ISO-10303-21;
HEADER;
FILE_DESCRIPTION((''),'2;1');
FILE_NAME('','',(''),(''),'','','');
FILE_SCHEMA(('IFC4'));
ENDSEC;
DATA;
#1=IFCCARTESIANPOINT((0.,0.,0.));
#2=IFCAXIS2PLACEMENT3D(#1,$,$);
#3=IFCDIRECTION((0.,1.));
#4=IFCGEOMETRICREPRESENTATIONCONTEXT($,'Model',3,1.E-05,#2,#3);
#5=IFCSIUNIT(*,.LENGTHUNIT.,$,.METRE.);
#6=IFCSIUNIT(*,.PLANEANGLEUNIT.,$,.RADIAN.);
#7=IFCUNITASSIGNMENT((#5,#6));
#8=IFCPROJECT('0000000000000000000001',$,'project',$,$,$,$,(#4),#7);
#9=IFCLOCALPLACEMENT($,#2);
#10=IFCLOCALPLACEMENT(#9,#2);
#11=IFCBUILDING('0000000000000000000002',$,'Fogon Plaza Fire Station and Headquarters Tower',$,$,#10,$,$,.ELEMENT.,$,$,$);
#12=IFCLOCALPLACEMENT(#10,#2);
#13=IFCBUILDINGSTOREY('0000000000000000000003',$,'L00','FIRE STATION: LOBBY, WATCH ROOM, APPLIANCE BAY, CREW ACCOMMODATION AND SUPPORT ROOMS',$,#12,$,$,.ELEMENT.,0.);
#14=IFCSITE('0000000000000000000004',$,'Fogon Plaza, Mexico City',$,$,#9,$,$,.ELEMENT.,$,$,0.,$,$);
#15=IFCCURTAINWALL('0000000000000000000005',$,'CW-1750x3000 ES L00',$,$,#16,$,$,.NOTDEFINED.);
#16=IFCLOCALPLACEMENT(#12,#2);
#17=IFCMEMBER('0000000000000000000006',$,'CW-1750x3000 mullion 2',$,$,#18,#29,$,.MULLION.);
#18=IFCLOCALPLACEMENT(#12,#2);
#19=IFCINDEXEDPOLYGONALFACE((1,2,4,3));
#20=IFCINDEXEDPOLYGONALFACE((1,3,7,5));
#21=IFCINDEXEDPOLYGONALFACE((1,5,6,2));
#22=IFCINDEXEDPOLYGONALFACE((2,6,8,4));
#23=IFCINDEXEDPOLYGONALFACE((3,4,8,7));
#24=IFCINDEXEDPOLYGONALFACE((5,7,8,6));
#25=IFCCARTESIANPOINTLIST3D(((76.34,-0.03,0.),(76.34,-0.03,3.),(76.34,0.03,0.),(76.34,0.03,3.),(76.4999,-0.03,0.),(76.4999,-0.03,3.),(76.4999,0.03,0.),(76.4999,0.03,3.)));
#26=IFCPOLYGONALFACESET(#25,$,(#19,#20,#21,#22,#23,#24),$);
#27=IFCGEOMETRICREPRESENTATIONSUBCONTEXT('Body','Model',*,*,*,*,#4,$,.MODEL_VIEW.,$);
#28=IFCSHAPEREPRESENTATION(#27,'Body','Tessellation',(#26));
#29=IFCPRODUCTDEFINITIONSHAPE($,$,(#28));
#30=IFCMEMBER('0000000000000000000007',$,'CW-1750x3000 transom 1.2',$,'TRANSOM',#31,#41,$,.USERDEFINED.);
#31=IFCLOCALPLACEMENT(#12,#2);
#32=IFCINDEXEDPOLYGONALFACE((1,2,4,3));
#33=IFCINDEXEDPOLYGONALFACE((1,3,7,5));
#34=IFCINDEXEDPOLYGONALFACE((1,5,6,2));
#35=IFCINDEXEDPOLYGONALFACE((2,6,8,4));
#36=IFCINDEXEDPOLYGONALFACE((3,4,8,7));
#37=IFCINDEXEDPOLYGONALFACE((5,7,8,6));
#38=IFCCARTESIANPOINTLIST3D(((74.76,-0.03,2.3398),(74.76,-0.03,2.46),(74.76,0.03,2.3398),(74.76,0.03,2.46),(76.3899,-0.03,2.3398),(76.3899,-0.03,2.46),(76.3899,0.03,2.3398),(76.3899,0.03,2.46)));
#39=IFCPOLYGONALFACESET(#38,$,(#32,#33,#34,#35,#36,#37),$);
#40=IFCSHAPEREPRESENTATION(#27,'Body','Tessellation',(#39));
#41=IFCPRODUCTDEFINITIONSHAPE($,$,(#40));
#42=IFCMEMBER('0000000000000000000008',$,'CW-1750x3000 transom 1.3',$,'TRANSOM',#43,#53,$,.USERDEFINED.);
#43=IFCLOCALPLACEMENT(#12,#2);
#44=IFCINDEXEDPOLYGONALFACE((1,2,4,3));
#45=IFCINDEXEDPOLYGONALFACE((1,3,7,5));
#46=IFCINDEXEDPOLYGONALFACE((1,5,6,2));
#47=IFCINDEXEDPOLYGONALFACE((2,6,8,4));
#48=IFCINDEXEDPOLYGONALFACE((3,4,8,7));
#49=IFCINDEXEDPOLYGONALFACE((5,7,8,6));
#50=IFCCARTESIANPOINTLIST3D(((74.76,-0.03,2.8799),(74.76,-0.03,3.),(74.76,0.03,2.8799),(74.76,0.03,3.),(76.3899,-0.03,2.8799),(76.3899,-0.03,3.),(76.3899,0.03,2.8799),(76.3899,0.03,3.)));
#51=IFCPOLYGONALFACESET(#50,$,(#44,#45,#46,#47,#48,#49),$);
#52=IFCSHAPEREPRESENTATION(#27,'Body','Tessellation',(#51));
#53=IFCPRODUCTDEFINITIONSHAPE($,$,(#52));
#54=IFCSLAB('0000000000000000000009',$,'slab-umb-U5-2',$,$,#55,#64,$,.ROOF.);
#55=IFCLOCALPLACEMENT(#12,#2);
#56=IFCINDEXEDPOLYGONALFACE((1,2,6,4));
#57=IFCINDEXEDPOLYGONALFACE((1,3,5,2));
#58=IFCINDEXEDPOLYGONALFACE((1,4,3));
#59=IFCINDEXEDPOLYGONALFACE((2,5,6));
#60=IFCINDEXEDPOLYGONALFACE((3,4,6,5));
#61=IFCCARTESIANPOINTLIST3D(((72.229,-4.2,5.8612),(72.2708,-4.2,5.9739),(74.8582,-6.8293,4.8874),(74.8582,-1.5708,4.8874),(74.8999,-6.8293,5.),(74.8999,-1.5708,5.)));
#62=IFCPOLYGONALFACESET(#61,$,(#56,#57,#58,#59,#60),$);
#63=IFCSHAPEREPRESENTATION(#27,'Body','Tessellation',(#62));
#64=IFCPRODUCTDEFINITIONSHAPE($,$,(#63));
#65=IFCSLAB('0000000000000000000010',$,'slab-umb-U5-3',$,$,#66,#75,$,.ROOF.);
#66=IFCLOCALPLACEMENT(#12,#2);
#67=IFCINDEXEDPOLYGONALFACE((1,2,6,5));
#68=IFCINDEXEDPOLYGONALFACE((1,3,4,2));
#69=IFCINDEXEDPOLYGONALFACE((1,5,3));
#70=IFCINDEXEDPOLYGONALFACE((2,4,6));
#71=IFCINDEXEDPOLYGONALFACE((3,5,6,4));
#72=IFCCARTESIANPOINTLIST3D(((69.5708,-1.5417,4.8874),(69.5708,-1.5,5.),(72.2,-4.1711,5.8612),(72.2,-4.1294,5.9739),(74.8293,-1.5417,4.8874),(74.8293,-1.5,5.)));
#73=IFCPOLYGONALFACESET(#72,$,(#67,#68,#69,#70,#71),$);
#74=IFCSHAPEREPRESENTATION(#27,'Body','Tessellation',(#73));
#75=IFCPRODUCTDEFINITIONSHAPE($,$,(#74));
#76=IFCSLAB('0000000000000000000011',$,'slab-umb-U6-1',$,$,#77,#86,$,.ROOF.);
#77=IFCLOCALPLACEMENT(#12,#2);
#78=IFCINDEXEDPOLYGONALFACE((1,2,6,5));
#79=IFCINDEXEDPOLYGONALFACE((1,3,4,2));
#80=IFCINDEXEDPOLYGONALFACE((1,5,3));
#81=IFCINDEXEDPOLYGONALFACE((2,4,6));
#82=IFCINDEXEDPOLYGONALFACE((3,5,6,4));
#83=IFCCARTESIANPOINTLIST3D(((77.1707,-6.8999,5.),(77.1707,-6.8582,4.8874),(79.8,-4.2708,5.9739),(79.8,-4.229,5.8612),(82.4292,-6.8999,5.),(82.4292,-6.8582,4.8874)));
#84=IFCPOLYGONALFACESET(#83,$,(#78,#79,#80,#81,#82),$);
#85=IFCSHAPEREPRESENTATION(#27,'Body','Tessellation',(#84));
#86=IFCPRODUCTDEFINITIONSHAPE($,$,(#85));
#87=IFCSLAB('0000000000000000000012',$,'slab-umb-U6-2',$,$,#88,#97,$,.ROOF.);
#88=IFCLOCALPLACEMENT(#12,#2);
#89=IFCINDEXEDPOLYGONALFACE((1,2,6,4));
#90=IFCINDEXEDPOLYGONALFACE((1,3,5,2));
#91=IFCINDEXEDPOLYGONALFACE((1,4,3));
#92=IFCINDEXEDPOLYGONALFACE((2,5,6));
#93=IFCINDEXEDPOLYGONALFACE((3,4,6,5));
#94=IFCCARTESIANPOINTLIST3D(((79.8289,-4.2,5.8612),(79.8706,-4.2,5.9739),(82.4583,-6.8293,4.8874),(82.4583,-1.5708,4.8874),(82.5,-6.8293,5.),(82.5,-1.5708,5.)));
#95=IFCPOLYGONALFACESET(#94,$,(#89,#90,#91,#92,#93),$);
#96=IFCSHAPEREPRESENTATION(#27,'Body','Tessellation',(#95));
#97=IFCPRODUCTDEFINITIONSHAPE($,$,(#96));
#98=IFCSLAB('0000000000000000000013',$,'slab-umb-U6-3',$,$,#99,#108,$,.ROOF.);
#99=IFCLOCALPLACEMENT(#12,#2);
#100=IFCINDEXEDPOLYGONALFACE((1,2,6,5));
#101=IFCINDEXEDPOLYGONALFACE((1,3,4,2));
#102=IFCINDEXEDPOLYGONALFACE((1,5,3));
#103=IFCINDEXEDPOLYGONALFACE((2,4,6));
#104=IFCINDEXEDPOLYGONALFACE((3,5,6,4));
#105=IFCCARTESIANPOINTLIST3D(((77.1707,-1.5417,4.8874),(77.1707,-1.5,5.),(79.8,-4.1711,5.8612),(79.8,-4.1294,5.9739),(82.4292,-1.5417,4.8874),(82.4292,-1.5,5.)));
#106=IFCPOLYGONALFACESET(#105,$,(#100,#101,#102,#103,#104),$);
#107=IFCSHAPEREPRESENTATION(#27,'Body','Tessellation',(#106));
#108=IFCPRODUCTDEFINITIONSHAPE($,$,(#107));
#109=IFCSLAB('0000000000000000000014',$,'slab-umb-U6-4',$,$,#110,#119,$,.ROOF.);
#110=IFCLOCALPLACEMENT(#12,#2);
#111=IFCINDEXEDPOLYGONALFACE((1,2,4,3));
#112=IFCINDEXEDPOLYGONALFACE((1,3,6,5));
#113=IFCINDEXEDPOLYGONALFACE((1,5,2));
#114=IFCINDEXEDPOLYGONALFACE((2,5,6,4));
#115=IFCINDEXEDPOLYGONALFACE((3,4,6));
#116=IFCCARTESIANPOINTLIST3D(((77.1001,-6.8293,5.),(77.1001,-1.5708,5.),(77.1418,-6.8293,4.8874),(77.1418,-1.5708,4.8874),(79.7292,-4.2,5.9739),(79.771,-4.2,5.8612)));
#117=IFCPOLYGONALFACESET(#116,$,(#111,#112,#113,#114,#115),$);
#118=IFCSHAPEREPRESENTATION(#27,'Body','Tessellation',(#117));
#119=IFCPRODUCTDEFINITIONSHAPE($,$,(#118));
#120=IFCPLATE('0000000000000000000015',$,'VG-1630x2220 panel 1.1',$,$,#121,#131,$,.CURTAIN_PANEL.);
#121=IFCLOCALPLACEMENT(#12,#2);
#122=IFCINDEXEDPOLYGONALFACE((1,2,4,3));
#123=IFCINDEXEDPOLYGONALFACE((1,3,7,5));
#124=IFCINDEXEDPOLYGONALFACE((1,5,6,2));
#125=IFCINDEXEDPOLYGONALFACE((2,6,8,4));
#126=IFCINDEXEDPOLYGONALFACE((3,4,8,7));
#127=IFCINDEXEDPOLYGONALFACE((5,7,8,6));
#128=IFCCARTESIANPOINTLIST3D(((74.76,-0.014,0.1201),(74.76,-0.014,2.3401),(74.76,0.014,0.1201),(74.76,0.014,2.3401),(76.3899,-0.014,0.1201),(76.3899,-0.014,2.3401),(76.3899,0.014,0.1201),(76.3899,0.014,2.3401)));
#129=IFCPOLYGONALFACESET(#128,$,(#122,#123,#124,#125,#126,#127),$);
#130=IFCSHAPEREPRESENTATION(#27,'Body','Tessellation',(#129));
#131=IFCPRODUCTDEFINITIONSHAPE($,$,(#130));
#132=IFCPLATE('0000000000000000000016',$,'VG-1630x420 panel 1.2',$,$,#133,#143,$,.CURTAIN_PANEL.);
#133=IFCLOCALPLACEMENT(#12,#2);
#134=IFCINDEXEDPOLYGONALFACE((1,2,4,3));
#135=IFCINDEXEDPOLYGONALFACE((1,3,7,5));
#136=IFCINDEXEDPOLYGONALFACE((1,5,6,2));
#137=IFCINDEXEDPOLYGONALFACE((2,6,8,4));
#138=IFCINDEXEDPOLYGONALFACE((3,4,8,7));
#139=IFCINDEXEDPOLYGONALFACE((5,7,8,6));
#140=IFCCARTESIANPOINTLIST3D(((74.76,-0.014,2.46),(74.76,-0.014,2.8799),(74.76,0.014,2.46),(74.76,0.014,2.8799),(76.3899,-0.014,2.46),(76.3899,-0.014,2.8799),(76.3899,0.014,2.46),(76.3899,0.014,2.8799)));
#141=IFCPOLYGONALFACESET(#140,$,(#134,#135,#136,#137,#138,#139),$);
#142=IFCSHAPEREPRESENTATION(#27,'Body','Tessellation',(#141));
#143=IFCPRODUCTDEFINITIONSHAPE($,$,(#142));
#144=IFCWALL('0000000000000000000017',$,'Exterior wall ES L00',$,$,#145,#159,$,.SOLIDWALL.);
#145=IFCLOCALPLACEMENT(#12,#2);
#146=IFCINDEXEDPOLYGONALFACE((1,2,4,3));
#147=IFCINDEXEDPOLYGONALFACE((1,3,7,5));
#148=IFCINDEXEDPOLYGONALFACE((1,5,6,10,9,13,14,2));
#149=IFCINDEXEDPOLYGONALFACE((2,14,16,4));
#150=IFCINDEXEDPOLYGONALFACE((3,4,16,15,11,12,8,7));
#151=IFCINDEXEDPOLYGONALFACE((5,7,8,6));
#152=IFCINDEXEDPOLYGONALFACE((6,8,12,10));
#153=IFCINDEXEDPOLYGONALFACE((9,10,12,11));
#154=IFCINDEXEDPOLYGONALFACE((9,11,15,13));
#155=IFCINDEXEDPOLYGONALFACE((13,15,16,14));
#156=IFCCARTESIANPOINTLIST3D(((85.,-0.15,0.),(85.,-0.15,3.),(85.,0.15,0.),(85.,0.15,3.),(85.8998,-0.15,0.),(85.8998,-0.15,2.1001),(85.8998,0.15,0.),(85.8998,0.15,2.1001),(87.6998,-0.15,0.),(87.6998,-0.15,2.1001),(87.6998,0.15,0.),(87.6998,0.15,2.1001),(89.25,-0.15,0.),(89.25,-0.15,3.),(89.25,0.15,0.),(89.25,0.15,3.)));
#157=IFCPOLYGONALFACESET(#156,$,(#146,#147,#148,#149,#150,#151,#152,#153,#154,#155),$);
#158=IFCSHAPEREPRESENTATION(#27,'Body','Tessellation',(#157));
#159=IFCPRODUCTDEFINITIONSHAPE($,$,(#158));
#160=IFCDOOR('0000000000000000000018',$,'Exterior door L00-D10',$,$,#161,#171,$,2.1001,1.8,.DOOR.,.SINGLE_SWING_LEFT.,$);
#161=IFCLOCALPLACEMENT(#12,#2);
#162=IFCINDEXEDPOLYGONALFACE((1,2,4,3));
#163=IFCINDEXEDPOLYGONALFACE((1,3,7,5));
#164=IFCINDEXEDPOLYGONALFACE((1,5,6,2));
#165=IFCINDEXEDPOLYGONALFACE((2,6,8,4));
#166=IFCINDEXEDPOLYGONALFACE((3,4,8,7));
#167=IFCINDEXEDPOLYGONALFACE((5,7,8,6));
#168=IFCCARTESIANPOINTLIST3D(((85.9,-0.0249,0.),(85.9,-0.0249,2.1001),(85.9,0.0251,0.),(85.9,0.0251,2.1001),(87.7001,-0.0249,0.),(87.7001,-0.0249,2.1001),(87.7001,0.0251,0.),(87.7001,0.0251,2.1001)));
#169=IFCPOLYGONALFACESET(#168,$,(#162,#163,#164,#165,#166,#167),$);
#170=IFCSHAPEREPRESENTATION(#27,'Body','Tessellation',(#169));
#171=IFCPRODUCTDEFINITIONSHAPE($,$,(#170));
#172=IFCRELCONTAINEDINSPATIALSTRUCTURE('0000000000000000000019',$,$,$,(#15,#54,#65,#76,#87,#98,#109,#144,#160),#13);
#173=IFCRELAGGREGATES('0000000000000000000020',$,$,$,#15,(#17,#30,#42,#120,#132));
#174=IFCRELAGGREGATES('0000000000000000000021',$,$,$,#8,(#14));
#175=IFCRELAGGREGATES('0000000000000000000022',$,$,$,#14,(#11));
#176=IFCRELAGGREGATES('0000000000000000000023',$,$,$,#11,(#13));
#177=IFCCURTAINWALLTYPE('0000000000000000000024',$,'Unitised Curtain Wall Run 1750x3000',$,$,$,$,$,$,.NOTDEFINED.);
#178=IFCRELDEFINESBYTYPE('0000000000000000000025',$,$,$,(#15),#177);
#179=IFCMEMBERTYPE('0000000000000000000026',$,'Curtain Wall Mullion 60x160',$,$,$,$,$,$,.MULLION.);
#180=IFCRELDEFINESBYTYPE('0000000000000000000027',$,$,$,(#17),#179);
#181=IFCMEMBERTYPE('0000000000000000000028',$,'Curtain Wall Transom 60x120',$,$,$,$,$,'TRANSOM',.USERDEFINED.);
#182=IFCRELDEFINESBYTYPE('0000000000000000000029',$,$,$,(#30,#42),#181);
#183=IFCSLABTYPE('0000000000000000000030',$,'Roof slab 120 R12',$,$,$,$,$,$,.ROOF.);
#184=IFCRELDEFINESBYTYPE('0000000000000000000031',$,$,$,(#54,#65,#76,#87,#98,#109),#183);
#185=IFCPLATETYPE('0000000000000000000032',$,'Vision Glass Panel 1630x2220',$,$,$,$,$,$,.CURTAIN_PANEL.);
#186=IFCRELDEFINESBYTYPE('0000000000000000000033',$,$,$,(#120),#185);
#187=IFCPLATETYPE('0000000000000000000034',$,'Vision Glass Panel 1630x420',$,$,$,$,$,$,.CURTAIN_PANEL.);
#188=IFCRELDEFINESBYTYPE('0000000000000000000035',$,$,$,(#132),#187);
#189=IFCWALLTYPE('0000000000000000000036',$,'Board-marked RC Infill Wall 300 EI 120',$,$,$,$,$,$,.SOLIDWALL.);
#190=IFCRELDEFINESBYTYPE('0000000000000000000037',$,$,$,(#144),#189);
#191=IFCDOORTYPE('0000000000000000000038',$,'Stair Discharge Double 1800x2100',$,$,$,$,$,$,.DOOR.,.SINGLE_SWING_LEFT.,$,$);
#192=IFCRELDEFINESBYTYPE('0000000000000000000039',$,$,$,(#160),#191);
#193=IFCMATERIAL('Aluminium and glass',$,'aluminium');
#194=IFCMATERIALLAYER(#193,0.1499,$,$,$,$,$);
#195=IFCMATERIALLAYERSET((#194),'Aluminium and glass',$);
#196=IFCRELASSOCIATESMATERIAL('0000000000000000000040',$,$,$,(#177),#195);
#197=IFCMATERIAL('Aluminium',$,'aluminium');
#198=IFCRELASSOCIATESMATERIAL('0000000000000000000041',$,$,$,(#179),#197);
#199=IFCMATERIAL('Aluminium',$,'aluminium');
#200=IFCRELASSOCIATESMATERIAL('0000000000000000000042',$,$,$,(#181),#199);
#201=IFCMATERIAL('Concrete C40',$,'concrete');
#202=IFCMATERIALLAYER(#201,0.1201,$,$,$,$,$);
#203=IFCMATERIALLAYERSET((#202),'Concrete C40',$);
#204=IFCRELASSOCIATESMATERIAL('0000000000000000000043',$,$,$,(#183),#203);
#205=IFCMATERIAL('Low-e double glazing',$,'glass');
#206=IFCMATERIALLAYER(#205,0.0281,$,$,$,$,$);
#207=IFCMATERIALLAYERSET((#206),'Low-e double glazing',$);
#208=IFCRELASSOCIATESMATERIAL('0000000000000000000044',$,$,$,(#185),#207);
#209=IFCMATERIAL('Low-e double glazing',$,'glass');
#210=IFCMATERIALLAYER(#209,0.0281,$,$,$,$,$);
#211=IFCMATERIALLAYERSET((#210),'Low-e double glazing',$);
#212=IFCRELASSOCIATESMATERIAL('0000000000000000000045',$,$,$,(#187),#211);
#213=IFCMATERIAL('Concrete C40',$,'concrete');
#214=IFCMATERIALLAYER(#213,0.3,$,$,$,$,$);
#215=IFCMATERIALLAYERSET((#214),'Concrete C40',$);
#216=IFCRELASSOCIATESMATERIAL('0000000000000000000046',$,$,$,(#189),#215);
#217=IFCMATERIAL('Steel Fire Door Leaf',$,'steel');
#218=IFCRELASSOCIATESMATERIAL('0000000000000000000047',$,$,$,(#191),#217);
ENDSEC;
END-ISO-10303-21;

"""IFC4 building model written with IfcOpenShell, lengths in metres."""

from ifc_helpers import new_model, si_unit, direction, frame, frame_2d, origin, origin_2d, place, context, subcontext, project, spatial, polyline, rectangle, outline, extrude, material, layer, layer_set, material_profile, profile_set, type_object, element, fill, aggregate, save


model = new_model("IFC4")

# Units and contexts
model_context = context("Model", 3, precision=1e-05, world=origin(), true_north=direction((0.0, 1.0)))
body_context = subcontext(model_context, "Body", "Model", "MODEL_VIEW")
ifc_project = project(units=[si_unit("LENGTHUNIT", "METRE"), si_unit("PLANEANGLEUNIT", "RADIAN")], contexts=[model_context])

# Site, building, storey
site_placement = place(None, origin())
site = spatial("IfcSite", under=ifc_project, at=site_placement, Name="Fogon Plaza, Mexico City", CompositionType="ELEMENT", RefElevation=0.0)
building_placement = place(site_placement, origin())
building = spatial("IfcBuilding", under=site, at=building_placement, Name="Fogon Plaza Fire Station and Headquarters Tower", CompositionType="ELEMENT")
storey_placement = place(building_placement, origin())
storey = spatial("IfcBuildingStorey", under=building, at=storey_placement, Name="L00", Description="FIRE STATION: LOBBY, WATCH ROOM, APPLIANCE BAY, CREW ACCOMMODATION AND SUPPORT ROOMS", CompositionType="ELEMENT", Elevation=0.0)

# Curtain wall, members
ifc_material_1 = material(Name="Aluminium and glass", Category="aluminium")
ifc_layer_1 = layer(ifc_material_1, 0.1499)
ifc_layer_set_1 = layer_set([ifc_layer_1], Name="Aluminium and glass")
curtain_wall_type = type_object("IfcCurtainWallType", Name="Unitised Curtain Wall Run 1750x3000", PredefinedType="NOTDEFINED", material=ifc_layer_set_1)
curtain_wall_placement = place(storey_placement, origin())
curtain_wall = element("IfcCurtainWall", 1, at=curtain_wall_placement, inside=storey, type_object=curtain_wall_type, Name="CW-1750x3000 ES L00", PredefinedType="NOTDEFINED")
ifc_material_2 = material(Name="Aluminium", Category="aluminium")
ifc_material_profile_1 = material_profile(ifc_material_2, rectangle(XDim=0.0601, YDim=0.1599, at=origin_2d()), Name="Curtain Wall Mullion 60x160")
ifc_profile_set_1 = profile_set([ifc_material_profile_1], Name="Aluminium")
member_type_1 = type_object("IfcMemberType", Name="Curtain Wall Mullion 60x160", PredefinedType="MULLION", material=ifc_profile_set_1)
member_1_placement = place(storey_placement, frame((76.4199, 0.0, 0.0), z_axis=(0.0, 0.0, 1.0), x_axis=(0.0, 1.0, 0.0)))
member_1 = element("IfcMember", 2, at=member_1_placement, type_object=member_type_1, Name="CW-1750x3000 mullion 2", PredefinedType="MULLION", context=body_context, shape_type="SweptSolid", body=[
    extrude(rectangle(XDim=0.0601, YDim=0.1599, at=origin_2d()), origin(), (0.0, 0.0, 1.0), 3.0),
])
ifc_material_3 = material(Name="Aluminium", Category="aluminium")
ifc_material_profile_2 = material_profile(ifc_material_3, rectangle(XDim=0.0601, YDim=0.1201, at=origin_2d()), Name="Curtain Wall Transom 60x120")
ifc_profile_set_2 = profile_set([ifc_material_profile_2], Name="Aluminium")
member_type_2 = type_object("IfcMemberType", Name="Curtain Wall Transom 60x120", ElementType="TRANSOM", PredefinedType="USERDEFINED", material=ifc_profile_set_2)
member_2_placement = place(storey_placement, frame((74.76, 0.0, 2.3999), z_axis=(1.0, 0.0, 0.0), x_axis=(0.0, 1.0, 0.0)))
member_2 = element("IfcMember", 3, at=member_2_placement, type_object=member_type_2, Name="CW-1750x3000 transom 1.2", ObjectType="TRANSOM", PredefinedType="USERDEFINED", context=body_context, shape_type="SweptSolid", body=[
    extrude(rectangle(XDim=0.0601, YDim=0.1201, at=origin_2d()), origin(), (0.0, 0.0, 1.0), 1.6299),
])
member_3_placement = place(storey_placement, frame((74.76, 0.0, 2.9399), z_axis=(1.0, 0.0, 0.0), x_axis=(0.0, 1.0, 0.0)))
member_3 = element("IfcMember", 4, at=member_3_placement, type_object=member_type_2, Name="CW-1750x3000 transom 1.3", ObjectType="TRANSOM", PredefinedType="USERDEFINED", context=body_context, shape_type="SweptSolid", body=[
    extrude(rectangle(XDim=0.0601, YDim=0.1201, at=origin_2d()), origin(), (0.0, 0.0, 1.0), 1.6299),
])

# Slabs
ifc_material_4 = material(Name="Concrete C40", Category="concrete")
ifc_layer_2 = layer(ifc_material_4, 0.1201)
ifc_layer_set_2 = layer_set([ifc_layer_2], Name="Concrete C40")
slab_type = type_object("IfcSlabType", Name="Roof slab 120 R12", PredefinedType="ROOF", material=ifc_layer_set_2)
slab_1_placement = place(storey_placement, frame((74.8999, -6.8293, 5.0), z_axis=(0.347351, 0.0, 0.937735), x_axis=(-0.684003, 0.684066, 0.253365)))
element("IfcSlab", 5, at=slab_1_placement, inside=storey, type_object=slab_type, Name="slab-umb-U5-2", PredefinedType="ROOF", context=body_context, shape_type="SweptSolid", body=[
    extrude(outline(polyline([(0.0, 0.0), (3.8438, 0.0), (3.5972, -3.8357), (0.0, 0.0)])), origin(), (0.0, 0.0, -1.0), 0.1201),
])
slab_2_placement = place(storey_placement, frame((74.8293, -1.5, 5.0), z_axis=(0.0, 0.347323, 0.937746), x_axis=(-0.684036, -0.684036, 0.253354)))
element("IfcSlab", 6, at=slab_2_placement, inside=storey, type_object=slab_type, Name="slab-umb-U5-3", PredefinedType="ROOF", context=body_context, shape_type="SweptSolid", body=[
    extrude(outline(polyline([(0.0, 0.0), (3.8439, 0.0), (3.597, -3.8358), (0.0, 0.0)])), origin(), (0.0, 0.0, -1.0), 0.1201),
])
slab_3_placement = place(storey_placement, frame((77.1707, -6.8999, 5.0), z_axis=(0.0, -0.347351, 0.937735), x_axis=(0.684066, 0.684003, 0.253365)))
element("IfcSlab", 7, at=slab_3_placement, inside=storey, type_object=slab_type, Name="slab-umb-U6-1", PredefinedType="ROOF", context=body_context, shape_type="SweptSolid", body=[
    extrude(outline(polyline([(0.0, 0.0), (3.8438, 0.0), (3.5972, -3.8357), (0.0, 0.0)])), origin(), (0.0, 0.0, -1.0), 0.1201),
])
slab_4_placement = place(storey_placement, frame((82.5, -6.8293, 5.0), z_axis=(0.347323, 0.0, 0.937746), x_axis=(-0.684036, 0.684036, 0.253354)))
element("IfcSlab", 8, at=slab_4_placement, inside=storey, type_object=slab_type, Name="slab-umb-U6-2", PredefinedType="ROOF", context=body_context, shape_type="SweptSolid", body=[
    extrude(outline(polyline([(0.0, 0.0), (3.8439, 0.0), (3.597, -3.8358), (0.0, 0.0)])), origin(), (0.0, 0.0, -1.0), 0.1201),
])
slab_5_placement = place(storey_placement, frame((82.4292, -1.5, 5.0), z_axis=(0.0, 0.347323, 0.937746), x_axis=(-0.684003, -0.684066, 0.253365)))
element("IfcSlab", 9, at=slab_5_placement, inside=storey, type_object=slab_type, Name="slab-umb-U6-3", PredefinedType="ROOF", context=body_context, shape_type="SweptSolid", body=[
    extrude(outline(polyline([(0.0, 0.0), (3.8438, 0.0), (3.5969, -3.836), (0.0, 0.0)])), origin(), (0.0, 0.0, -1.0), 0.1201),
])
slab_6_placement = place(storey_placement, frame((77.1001, -1.5708, 5.0), z_axis=(-0.347351, 0.0, 0.937735), x_axis=(0.684032, -0.684032, 0.253376)))
element("IfcSlab", 10, at=slab_6_placement, inside=storey, type_object=slab_type, Name="slab-umb-U6-4", PredefinedType="ROOF", context=body_context, shape_type="SweptSolid", body=[
    extrude(outline(polyline([(0.0, 0.0), (3.8436, 0.0), (3.597, -3.8359), (0.0, 0.0)])), origin(), (0.0, 0.0, -1.0), 0.1201),
])

# Plates
ifc_material_5 = material(Name="Low-e double glazing", Category="glass")
ifc_layer_3 = layer(ifc_material_5, 0.0281)
ifc_layer_set_3 = layer_set([ifc_layer_3], Name="Low-e double glazing")
plate_type_1 = type_object("IfcPlateType", Name="Vision Glass Panel 1630x2220", PredefinedType="CURTAIN_PANEL", material=ifc_layer_set_3)
plate_1_placement = place(storey_placement, frame((75.575, 0.0, 0.1201), z_axis=(0.0, 0.0, 1.0), x_axis=(1.0, 0.0, 0.0)))
plate_1 = element("IfcPlate", 11, at=plate_1_placement, type_object=plate_type_1, Name="VG-1630x2220 panel 1.1", PredefinedType="CURTAIN_PANEL", context=body_context, shape_type="SweptSolid", body=[
    extrude(rectangle(XDim=1.6299, YDim=0.0281, at=origin_2d()), origin(), (0.0, 0.0, 1.0), 2.22),
])
ifc_material_6 = material(Name="Low-e double glazing", Category="glass")
ifc_layer_4 = layer(ifc_material_6, 0.0281)
ifc_layer_set_4 = layer_set([ifc_layer_4], Name="Low-e double glazing")
plate_type_2 = type_object("IfcPlateType", Name="Vision Glass Panel 1630x420", PredefinedType="CURTAIN_PANEL", material=ifc_layer_set_4)
plate_2_placement = place(storey_placement, frame((75.575, 0.0, 2.46), z_axis=(0.0, 0.0, 1.0), x_axis=(1.0, 0.0, 0.0)))
plate_2 = element("IfcPlate", 12, at=plate_2_placement, type_object=plate_type_2, Name="VG-1630x420 panel 1.2", PredefinedType="CURTAIN_PANEL", context=body_context, shape_type="SweptSolid", body=[
    extrude(rectangle(XDim=1.6299, YDim=0.0281, at=origin_2d()), origin(), (0.0, 0.0, 1.0), 0.4199),
])
aggregate(curtain_wall, [member_1, member_2, member_3, plate_1, plate_2])

# Wall, opening, door
ifc_material_7 = material(Name="Concrete C40", Category="concrete")
ifc_layer_5 = layer(ifc_material_7, 0.3)
ifc_layer_set_5 = layer_set([ifc_layer_5], Name="Concrete C40")
wall_type_1 = type_object("IfcWallType", Name="Board-marked RC Infill Wall 300 EI 120", PredefinedType="SOLIDWALL", material=ifc_layer_set_5)
wall_1_placement = place(storey_placement, frame((85.0, 0.0, 0.0), z_axis=(0.0, 0.0, 1.0), x_axis=(1.0, 0.0, 0.0)))
wall_1 = element("IfcWall", 13, at=wall_1_placement, inside=storey, type_object=wall_type_1, Name="Exterior wall ES L00", PredefinedType="SOLIDWALL", context=body_context, shape_type="SweptSolid", body=[
    extrude(rectangle(XDim=4.25, YDim=0.3, at=frame_2d((2.125, 0.0))), origin(), (0.0, 0.0, 1.0), 3.0),
])
opening_1_placement = place(wall_1_placement, frame((0.8999, 0.0, 0.0)))
opening_1 = element("IfcOpeningElement", 14, at=opening_1_placement, cuts=wall_1, PredefinedType="OPENING", context=body_context, shape_type="SweptSolid", body=[
    extrude(rectangle(XDim=1.8, YDim=2.1001, at=frame_2d((0.8999, 1.05))), frame((0.0, 0.1599, 0.0), z_axis=(0.0, -1.0, 0.0), x_axis=(1.0, 0.0, 0.0)), (0.0, 0.0, 1.0), 0.3201),
])
ifc_material_8 = material(Name="Steel Fire Door Leaf", Category="steel")
door_type_1 = type_object("IfcDoorType", Name="Stair Discharge Double 1800x2100", OperationType="SINGLE_SWING_LEFT", PredefinedType="DOOR", material=ifc_material_8)
door_1_placement = place(opening_1_placement, frame((1.8, 0.0, 0.0), z_axis=(0.0, 0.0, 1.0), x_axis=(-1.0, 0.0, 0.0)))
door_1 = element("IfcDoor", 15, at=door_1_placement, inside=storey, type_object=door_type_1, Name="Exterior door L00-D10", OperationType="SINGLE_SWING_LEFT", OverallHeight=2.1001, OverallWidth=1.8, PredefinedType="DOOR", context=body_context, shape_type="SweptSolid", body=[
    extrude(rectangle(XDim=1.8, YDim=2.1001, at=frame_2d((0.8999, 1.05))), frame((0.0, 0.0249, 0.0), z_axis=(0.0, -1.0, 0.0), x_axis=(1.0, 0.0, 0.0)), (0.0, 0.0, 1.0), 0.05),
])
fill(opening_1, door_1)

save(model, "model.ifc")
